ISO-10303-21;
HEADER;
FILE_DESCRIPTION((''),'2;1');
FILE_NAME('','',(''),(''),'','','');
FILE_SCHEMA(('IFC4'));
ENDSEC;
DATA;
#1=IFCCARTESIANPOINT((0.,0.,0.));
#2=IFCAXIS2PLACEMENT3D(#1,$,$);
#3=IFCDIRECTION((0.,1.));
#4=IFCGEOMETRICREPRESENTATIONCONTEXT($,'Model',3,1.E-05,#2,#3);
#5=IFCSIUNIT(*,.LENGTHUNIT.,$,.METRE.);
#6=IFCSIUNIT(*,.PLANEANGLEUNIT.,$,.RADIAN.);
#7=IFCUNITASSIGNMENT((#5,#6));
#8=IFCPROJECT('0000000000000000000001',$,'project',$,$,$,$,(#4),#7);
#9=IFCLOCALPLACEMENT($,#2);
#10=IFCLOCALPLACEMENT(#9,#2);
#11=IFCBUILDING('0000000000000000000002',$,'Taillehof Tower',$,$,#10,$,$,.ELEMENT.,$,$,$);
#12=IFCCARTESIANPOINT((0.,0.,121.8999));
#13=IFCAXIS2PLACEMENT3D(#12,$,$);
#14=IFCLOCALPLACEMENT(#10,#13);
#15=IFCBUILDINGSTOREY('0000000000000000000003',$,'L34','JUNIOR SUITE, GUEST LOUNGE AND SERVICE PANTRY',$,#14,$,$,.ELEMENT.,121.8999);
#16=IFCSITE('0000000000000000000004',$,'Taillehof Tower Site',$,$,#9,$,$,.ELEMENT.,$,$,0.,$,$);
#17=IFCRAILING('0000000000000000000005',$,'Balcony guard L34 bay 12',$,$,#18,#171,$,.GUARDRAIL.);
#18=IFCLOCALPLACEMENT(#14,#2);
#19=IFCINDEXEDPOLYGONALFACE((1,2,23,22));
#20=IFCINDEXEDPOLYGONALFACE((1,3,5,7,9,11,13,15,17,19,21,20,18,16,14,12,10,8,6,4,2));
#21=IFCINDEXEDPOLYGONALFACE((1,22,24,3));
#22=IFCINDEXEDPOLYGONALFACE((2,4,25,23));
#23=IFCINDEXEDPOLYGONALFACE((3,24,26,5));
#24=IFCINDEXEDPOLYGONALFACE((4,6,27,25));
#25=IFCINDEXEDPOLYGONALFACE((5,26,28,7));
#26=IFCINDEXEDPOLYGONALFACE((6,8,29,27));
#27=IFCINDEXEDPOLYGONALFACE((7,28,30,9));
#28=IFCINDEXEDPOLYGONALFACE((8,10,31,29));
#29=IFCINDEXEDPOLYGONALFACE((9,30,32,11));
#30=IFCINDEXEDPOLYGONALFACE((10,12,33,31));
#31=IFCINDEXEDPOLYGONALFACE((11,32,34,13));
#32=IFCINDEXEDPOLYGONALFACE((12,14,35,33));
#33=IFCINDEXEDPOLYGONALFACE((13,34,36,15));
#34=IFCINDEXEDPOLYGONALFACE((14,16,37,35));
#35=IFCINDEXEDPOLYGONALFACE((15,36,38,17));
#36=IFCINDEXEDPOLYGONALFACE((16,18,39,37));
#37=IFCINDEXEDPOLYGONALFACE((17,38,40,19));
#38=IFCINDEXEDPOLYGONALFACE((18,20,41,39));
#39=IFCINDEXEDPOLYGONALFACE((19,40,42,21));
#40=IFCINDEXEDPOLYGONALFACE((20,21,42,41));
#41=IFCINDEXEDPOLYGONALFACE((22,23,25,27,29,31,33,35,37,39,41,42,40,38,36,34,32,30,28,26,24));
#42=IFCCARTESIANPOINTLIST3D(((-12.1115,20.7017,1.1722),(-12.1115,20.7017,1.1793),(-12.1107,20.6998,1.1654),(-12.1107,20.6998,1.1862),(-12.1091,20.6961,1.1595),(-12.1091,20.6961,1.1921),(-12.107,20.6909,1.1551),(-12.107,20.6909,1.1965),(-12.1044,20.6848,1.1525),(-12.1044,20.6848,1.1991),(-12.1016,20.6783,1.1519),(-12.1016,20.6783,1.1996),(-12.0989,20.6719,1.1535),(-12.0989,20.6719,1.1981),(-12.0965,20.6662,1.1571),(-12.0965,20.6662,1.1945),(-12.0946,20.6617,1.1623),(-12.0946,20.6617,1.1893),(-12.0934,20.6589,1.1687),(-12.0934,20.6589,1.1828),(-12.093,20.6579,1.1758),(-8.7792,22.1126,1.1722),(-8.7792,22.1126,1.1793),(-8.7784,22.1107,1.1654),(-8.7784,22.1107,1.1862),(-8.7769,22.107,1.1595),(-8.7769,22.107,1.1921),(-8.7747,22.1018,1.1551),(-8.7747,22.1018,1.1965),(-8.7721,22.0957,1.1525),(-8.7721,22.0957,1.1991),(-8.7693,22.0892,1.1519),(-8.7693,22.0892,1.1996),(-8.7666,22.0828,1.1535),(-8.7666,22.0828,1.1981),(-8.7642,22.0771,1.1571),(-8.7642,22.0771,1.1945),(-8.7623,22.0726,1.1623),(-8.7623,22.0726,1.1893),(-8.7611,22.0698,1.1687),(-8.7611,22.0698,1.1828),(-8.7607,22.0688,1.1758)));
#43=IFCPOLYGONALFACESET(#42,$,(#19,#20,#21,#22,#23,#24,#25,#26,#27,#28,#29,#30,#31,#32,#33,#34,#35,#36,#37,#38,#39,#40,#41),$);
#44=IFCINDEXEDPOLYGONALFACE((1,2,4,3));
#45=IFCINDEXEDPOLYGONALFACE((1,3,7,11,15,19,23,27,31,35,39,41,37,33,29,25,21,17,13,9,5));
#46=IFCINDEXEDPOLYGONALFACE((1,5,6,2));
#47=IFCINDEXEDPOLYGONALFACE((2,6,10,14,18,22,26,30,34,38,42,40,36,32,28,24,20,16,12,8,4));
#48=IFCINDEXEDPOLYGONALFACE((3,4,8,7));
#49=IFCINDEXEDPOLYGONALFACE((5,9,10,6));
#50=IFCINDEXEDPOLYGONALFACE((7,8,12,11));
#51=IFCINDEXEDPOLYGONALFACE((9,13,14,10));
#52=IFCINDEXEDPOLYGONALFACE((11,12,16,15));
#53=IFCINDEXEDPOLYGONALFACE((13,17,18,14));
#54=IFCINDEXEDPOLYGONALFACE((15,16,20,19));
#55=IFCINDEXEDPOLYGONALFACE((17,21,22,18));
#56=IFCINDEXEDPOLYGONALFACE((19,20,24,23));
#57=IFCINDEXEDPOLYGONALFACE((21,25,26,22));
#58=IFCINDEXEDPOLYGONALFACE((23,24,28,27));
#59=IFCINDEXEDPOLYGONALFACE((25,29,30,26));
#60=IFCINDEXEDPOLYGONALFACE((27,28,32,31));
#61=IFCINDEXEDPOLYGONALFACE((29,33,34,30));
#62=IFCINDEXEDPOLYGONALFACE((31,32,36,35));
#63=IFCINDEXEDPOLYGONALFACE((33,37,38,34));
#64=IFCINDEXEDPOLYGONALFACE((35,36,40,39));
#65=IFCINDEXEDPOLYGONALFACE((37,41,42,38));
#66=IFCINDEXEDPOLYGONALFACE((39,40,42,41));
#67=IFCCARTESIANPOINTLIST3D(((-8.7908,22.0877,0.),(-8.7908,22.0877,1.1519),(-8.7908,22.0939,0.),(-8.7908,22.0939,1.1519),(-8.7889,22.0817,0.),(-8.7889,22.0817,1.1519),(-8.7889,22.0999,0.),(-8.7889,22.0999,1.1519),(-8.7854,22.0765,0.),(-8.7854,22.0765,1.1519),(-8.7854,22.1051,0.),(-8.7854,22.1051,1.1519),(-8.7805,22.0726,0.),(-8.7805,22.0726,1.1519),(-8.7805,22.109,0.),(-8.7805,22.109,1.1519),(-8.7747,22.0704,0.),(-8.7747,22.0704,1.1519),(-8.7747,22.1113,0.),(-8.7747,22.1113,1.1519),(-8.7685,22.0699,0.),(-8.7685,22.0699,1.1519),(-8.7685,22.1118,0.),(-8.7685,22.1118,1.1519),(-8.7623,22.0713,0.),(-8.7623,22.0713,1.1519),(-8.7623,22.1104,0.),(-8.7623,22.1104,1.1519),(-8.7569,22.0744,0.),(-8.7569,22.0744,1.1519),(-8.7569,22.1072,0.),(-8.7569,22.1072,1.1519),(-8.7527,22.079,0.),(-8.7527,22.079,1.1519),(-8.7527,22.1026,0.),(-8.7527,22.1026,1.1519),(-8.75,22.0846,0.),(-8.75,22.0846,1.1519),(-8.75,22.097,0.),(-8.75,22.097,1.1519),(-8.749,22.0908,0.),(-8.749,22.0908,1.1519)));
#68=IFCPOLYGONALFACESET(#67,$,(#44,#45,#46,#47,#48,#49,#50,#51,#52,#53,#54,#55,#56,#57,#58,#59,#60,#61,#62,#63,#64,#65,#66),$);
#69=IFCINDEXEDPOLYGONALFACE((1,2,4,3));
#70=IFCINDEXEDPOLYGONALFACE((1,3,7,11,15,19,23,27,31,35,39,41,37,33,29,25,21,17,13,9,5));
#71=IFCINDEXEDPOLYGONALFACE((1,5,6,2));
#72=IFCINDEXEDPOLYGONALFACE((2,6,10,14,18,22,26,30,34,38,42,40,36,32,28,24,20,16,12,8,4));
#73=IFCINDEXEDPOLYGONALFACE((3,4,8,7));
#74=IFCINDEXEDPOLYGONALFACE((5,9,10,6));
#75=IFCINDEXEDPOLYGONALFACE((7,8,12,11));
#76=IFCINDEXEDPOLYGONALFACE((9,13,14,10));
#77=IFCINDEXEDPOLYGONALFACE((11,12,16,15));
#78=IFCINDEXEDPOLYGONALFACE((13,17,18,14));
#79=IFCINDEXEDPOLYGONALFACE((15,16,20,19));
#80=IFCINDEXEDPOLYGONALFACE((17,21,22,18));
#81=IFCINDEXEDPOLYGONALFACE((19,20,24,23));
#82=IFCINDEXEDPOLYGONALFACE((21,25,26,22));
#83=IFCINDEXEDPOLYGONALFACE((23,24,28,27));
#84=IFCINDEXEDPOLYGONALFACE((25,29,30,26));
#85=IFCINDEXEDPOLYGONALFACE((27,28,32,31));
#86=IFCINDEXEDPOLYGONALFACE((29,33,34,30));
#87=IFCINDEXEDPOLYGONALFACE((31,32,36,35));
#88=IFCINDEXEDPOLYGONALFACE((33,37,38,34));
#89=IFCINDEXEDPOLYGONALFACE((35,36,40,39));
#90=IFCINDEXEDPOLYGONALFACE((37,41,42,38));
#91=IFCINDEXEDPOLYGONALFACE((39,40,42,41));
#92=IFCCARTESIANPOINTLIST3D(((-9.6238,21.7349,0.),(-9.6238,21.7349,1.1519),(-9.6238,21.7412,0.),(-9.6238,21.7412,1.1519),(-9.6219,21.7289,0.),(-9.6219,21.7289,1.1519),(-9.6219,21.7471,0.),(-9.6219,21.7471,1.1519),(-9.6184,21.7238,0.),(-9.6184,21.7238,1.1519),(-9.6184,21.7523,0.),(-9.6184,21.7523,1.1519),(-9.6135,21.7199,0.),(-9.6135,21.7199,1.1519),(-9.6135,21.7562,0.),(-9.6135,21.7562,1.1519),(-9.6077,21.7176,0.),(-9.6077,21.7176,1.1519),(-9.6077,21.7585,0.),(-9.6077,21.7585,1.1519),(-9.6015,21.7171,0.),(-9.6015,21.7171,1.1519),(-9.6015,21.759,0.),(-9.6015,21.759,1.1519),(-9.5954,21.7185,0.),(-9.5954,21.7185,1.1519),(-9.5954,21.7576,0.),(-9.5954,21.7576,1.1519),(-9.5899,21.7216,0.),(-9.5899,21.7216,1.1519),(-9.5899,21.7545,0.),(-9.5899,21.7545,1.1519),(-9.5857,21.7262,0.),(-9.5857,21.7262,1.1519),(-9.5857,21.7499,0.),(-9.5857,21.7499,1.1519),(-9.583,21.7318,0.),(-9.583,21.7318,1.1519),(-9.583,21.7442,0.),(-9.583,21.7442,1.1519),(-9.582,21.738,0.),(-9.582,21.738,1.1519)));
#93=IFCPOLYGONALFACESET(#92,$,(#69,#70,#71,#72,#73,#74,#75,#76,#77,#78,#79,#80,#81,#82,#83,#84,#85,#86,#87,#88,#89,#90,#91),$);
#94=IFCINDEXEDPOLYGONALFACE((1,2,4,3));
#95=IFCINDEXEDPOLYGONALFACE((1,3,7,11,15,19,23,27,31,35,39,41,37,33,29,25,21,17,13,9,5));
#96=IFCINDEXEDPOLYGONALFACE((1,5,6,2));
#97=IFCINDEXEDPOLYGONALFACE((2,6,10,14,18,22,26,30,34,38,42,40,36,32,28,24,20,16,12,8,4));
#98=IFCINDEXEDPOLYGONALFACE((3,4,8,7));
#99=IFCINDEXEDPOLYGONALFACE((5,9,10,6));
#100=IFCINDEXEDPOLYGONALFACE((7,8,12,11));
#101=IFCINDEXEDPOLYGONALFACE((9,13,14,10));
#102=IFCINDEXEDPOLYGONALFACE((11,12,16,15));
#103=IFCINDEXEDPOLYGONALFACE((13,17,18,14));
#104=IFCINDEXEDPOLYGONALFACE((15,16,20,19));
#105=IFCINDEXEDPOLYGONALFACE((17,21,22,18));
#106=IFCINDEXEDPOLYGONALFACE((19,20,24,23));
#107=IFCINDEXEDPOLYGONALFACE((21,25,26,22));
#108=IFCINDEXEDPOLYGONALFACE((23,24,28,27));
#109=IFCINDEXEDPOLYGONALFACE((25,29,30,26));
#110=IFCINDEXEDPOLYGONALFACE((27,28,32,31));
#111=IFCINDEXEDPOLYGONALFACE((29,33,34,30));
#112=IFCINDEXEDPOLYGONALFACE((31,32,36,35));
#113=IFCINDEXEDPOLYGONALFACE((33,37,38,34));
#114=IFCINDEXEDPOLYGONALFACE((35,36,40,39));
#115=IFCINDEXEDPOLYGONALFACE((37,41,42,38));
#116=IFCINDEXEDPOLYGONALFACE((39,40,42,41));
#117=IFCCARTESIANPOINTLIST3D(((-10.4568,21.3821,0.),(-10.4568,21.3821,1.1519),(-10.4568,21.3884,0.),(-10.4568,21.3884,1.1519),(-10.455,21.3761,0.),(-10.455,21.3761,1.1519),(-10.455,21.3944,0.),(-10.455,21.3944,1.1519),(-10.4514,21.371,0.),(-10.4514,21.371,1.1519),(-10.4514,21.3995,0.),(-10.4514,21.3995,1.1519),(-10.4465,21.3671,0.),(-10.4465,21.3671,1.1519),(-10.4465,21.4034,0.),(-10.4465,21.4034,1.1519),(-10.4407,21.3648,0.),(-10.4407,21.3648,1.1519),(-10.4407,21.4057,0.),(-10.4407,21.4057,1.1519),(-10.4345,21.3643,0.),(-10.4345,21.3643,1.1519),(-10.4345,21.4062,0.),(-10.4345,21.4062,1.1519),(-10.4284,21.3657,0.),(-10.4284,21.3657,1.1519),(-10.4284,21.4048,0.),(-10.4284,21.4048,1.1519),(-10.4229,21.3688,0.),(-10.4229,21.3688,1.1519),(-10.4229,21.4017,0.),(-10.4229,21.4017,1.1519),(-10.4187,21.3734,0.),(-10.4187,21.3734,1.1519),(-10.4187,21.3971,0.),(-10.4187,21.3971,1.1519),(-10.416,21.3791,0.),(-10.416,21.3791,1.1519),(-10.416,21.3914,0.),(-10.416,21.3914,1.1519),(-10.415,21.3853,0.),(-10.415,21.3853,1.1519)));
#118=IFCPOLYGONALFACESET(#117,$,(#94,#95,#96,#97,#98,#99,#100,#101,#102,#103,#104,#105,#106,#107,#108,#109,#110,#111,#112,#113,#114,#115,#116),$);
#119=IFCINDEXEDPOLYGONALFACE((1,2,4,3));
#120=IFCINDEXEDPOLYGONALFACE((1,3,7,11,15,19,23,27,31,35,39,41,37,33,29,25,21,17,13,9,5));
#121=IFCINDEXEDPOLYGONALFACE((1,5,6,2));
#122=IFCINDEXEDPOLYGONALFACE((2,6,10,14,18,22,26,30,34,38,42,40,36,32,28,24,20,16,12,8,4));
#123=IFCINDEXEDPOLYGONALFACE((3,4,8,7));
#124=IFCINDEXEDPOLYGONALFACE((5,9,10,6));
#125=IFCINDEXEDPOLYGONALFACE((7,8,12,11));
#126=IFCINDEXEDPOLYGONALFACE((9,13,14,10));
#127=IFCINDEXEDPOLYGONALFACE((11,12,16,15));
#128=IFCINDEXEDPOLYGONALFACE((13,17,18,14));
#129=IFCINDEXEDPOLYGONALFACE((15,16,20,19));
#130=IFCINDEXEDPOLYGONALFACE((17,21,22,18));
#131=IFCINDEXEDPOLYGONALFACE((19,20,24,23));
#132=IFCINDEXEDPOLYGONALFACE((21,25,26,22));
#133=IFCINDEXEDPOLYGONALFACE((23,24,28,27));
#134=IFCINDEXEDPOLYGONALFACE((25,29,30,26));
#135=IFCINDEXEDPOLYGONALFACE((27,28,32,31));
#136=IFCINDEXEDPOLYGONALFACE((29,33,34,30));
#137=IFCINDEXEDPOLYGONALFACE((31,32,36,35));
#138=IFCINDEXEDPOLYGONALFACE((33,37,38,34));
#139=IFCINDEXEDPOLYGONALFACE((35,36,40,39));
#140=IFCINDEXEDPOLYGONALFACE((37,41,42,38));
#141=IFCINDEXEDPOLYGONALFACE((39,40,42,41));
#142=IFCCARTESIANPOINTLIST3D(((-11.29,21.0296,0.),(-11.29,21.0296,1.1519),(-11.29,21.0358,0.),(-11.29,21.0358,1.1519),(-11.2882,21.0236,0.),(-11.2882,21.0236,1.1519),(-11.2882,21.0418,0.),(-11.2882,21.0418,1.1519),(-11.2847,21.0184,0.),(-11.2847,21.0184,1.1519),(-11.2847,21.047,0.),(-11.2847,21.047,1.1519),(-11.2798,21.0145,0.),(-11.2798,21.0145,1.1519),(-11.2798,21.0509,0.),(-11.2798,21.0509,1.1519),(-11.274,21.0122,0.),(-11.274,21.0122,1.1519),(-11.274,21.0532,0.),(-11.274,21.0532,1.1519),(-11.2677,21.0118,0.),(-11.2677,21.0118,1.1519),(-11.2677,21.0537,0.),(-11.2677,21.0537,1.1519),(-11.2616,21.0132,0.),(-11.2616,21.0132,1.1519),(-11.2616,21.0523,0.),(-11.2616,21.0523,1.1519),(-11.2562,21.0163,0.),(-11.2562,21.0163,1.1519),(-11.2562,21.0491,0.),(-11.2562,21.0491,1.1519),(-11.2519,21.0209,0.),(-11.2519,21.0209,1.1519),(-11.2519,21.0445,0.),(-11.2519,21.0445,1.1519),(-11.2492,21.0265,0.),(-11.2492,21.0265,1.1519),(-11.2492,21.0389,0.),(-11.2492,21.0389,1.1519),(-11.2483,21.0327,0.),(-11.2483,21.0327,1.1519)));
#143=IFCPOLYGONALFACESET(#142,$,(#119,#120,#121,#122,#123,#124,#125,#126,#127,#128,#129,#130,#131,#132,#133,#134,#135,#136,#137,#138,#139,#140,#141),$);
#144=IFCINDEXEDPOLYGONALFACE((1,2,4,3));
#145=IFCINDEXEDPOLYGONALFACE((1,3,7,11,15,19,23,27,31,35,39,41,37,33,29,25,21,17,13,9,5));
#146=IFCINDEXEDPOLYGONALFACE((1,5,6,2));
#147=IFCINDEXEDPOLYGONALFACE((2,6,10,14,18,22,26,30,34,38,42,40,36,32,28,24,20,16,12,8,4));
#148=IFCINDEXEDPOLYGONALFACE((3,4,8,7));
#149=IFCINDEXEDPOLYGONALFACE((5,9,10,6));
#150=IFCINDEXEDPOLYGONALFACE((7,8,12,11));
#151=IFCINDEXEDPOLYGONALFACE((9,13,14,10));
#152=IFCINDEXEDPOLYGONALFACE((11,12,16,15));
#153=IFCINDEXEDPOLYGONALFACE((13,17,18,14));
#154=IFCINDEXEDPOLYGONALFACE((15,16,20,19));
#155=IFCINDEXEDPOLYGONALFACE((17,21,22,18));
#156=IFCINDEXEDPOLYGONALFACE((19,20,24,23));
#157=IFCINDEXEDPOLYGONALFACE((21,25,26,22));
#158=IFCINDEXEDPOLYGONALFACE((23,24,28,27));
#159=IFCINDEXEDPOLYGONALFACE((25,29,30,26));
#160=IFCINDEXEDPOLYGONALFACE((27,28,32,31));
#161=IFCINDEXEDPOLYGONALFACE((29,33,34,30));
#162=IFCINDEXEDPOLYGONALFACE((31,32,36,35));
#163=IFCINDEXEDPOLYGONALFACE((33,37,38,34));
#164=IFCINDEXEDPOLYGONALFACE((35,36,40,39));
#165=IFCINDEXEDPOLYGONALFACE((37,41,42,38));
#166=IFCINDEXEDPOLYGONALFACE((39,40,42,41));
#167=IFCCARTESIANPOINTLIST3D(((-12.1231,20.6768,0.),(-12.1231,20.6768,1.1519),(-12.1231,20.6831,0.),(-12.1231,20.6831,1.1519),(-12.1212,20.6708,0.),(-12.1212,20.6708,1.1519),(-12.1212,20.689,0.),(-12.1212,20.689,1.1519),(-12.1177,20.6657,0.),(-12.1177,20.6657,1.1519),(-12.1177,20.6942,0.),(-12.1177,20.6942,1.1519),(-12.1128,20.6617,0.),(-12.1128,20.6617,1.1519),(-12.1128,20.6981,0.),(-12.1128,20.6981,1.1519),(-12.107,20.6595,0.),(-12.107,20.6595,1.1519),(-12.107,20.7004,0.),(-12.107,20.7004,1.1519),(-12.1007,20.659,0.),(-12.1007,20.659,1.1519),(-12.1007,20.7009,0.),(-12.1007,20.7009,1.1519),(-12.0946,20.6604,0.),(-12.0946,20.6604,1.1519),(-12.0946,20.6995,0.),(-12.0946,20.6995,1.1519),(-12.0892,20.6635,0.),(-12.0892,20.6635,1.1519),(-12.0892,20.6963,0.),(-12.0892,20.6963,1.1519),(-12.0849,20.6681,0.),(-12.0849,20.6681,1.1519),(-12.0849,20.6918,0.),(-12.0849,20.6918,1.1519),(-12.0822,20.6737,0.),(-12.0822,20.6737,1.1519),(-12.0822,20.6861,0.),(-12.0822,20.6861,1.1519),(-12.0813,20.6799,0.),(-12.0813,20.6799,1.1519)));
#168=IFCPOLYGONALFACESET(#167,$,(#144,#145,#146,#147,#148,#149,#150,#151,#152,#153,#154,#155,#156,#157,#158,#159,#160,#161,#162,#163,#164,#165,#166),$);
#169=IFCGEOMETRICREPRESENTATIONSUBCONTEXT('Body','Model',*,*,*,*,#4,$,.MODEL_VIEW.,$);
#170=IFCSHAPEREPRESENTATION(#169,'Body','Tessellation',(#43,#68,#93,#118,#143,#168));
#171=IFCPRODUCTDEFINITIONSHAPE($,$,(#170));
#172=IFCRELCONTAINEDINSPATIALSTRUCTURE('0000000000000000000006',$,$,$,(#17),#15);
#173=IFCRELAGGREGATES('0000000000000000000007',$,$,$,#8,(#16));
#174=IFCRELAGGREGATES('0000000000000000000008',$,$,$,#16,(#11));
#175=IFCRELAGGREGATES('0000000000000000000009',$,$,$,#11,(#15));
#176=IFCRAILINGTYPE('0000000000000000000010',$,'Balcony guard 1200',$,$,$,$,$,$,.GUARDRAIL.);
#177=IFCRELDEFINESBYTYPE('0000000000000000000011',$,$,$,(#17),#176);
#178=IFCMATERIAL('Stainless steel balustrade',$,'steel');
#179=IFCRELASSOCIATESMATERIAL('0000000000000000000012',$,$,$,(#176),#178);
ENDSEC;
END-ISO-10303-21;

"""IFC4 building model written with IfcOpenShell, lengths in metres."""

from ifc_helpers import new_model, si_unit, direction, frame, origin, origin_2d, place, context, subcontext, project, spatial, circle, extrude, material, type_object, element, save


model = new_model("IFC4")

# Units and contexts
model_context = context("Model", 3, precision=1e-05, world=origin(), true_north=direction((0.0, 1.0)))
body_context = subcontext(model_context, "Body", "Model", "MODEL_VIEW")
ifc_project = project(units=[si_unit("LENGTHUNIT", "METRE"), si_unit("PLANEANGLEUNIT", "RADIAN")], contexts=[model_context])

# Site, building, storey
site_placement = place(None, origin())
site = spatial("IfcSite", under=ifc_project, at=site_placement, Name="Taillehof Tower Site", CompositionType="ELEMENT", RefElevation=0.0)
building_placement = place(site_placement, origin())
building = spatial("IfcBuilding", under=site, at=building_placement, Name="Taillehof Tower", CompositionType="ELEMENT")
storey_placement = place(building_placement, frame((0.0, 0.0, 121.8999)))
storey = spatial("IfcBuildingStorey", under=building, at=storey_placement, Name="L34", Description="JUNIOR SUITE, GUEST LOUNGE AND SERVICE PANTRY", CompositionType="ELEMENT", Elevation=121.8999)

# Railing
ifc_material_1 = material(Name="Stainless steel balustrade", Category="steel")
railing_type = type_object("IfcRailingType", Name="Balcony guard 1200", PredefinedType="GUARDRAIL", material=ifc_material_1)
railing_1_placement = place(storey_placement, frame((-8.77, 22.0908, 0.0)))
element("IfcRailing", 1, at=railing_1_placement, inside=storey, type_object=railing_type, Name="Balcony guard L34 bay 12", PredefinedType="GUARDRAIL", context=body_context, shape_type="SweptSolid", body=[
    extrude(circle(Radius=0.0239, at=origin_2d()), frame((0.0, 0.0, 1.1758), z_axis=(-0.92086, -0.389893, 0.0), x_axis=(0.389893, -0.92086, 0.0)), (0.0, 0.0, 1.0), 3.6187),
    extrude(circle(Radius=0.021, at=origin_2d()), origin(), (0.0, 0.0, 1.0), 1.1519),
    extrude(circle(Radius=0.021, at=origin_2d()), frame((-0.833, -0.3528, 0.0)), (0.0, 0.0, 1.0), 1.1519),
    extrude(circle(Radius=0.021, at=origin_2d()), frame((-1.666, -0.7056, 0.0)), (0.0, 0.0, 1.0), 1.1519),
    extrude(circle(Radius=0.021, at=origin_2d()), frame((-2.4993, -1.0581, 0.0)), (0.0, 0.0, 1.0), 1.1519),
    extrude(circle(Radius=0.021, at=origin_2d()), frame((-3.3323, -1.4109, 0.0)), (0.0, 0.0, 1.0), 1.1519),
])

save(model, "model.ifc")
